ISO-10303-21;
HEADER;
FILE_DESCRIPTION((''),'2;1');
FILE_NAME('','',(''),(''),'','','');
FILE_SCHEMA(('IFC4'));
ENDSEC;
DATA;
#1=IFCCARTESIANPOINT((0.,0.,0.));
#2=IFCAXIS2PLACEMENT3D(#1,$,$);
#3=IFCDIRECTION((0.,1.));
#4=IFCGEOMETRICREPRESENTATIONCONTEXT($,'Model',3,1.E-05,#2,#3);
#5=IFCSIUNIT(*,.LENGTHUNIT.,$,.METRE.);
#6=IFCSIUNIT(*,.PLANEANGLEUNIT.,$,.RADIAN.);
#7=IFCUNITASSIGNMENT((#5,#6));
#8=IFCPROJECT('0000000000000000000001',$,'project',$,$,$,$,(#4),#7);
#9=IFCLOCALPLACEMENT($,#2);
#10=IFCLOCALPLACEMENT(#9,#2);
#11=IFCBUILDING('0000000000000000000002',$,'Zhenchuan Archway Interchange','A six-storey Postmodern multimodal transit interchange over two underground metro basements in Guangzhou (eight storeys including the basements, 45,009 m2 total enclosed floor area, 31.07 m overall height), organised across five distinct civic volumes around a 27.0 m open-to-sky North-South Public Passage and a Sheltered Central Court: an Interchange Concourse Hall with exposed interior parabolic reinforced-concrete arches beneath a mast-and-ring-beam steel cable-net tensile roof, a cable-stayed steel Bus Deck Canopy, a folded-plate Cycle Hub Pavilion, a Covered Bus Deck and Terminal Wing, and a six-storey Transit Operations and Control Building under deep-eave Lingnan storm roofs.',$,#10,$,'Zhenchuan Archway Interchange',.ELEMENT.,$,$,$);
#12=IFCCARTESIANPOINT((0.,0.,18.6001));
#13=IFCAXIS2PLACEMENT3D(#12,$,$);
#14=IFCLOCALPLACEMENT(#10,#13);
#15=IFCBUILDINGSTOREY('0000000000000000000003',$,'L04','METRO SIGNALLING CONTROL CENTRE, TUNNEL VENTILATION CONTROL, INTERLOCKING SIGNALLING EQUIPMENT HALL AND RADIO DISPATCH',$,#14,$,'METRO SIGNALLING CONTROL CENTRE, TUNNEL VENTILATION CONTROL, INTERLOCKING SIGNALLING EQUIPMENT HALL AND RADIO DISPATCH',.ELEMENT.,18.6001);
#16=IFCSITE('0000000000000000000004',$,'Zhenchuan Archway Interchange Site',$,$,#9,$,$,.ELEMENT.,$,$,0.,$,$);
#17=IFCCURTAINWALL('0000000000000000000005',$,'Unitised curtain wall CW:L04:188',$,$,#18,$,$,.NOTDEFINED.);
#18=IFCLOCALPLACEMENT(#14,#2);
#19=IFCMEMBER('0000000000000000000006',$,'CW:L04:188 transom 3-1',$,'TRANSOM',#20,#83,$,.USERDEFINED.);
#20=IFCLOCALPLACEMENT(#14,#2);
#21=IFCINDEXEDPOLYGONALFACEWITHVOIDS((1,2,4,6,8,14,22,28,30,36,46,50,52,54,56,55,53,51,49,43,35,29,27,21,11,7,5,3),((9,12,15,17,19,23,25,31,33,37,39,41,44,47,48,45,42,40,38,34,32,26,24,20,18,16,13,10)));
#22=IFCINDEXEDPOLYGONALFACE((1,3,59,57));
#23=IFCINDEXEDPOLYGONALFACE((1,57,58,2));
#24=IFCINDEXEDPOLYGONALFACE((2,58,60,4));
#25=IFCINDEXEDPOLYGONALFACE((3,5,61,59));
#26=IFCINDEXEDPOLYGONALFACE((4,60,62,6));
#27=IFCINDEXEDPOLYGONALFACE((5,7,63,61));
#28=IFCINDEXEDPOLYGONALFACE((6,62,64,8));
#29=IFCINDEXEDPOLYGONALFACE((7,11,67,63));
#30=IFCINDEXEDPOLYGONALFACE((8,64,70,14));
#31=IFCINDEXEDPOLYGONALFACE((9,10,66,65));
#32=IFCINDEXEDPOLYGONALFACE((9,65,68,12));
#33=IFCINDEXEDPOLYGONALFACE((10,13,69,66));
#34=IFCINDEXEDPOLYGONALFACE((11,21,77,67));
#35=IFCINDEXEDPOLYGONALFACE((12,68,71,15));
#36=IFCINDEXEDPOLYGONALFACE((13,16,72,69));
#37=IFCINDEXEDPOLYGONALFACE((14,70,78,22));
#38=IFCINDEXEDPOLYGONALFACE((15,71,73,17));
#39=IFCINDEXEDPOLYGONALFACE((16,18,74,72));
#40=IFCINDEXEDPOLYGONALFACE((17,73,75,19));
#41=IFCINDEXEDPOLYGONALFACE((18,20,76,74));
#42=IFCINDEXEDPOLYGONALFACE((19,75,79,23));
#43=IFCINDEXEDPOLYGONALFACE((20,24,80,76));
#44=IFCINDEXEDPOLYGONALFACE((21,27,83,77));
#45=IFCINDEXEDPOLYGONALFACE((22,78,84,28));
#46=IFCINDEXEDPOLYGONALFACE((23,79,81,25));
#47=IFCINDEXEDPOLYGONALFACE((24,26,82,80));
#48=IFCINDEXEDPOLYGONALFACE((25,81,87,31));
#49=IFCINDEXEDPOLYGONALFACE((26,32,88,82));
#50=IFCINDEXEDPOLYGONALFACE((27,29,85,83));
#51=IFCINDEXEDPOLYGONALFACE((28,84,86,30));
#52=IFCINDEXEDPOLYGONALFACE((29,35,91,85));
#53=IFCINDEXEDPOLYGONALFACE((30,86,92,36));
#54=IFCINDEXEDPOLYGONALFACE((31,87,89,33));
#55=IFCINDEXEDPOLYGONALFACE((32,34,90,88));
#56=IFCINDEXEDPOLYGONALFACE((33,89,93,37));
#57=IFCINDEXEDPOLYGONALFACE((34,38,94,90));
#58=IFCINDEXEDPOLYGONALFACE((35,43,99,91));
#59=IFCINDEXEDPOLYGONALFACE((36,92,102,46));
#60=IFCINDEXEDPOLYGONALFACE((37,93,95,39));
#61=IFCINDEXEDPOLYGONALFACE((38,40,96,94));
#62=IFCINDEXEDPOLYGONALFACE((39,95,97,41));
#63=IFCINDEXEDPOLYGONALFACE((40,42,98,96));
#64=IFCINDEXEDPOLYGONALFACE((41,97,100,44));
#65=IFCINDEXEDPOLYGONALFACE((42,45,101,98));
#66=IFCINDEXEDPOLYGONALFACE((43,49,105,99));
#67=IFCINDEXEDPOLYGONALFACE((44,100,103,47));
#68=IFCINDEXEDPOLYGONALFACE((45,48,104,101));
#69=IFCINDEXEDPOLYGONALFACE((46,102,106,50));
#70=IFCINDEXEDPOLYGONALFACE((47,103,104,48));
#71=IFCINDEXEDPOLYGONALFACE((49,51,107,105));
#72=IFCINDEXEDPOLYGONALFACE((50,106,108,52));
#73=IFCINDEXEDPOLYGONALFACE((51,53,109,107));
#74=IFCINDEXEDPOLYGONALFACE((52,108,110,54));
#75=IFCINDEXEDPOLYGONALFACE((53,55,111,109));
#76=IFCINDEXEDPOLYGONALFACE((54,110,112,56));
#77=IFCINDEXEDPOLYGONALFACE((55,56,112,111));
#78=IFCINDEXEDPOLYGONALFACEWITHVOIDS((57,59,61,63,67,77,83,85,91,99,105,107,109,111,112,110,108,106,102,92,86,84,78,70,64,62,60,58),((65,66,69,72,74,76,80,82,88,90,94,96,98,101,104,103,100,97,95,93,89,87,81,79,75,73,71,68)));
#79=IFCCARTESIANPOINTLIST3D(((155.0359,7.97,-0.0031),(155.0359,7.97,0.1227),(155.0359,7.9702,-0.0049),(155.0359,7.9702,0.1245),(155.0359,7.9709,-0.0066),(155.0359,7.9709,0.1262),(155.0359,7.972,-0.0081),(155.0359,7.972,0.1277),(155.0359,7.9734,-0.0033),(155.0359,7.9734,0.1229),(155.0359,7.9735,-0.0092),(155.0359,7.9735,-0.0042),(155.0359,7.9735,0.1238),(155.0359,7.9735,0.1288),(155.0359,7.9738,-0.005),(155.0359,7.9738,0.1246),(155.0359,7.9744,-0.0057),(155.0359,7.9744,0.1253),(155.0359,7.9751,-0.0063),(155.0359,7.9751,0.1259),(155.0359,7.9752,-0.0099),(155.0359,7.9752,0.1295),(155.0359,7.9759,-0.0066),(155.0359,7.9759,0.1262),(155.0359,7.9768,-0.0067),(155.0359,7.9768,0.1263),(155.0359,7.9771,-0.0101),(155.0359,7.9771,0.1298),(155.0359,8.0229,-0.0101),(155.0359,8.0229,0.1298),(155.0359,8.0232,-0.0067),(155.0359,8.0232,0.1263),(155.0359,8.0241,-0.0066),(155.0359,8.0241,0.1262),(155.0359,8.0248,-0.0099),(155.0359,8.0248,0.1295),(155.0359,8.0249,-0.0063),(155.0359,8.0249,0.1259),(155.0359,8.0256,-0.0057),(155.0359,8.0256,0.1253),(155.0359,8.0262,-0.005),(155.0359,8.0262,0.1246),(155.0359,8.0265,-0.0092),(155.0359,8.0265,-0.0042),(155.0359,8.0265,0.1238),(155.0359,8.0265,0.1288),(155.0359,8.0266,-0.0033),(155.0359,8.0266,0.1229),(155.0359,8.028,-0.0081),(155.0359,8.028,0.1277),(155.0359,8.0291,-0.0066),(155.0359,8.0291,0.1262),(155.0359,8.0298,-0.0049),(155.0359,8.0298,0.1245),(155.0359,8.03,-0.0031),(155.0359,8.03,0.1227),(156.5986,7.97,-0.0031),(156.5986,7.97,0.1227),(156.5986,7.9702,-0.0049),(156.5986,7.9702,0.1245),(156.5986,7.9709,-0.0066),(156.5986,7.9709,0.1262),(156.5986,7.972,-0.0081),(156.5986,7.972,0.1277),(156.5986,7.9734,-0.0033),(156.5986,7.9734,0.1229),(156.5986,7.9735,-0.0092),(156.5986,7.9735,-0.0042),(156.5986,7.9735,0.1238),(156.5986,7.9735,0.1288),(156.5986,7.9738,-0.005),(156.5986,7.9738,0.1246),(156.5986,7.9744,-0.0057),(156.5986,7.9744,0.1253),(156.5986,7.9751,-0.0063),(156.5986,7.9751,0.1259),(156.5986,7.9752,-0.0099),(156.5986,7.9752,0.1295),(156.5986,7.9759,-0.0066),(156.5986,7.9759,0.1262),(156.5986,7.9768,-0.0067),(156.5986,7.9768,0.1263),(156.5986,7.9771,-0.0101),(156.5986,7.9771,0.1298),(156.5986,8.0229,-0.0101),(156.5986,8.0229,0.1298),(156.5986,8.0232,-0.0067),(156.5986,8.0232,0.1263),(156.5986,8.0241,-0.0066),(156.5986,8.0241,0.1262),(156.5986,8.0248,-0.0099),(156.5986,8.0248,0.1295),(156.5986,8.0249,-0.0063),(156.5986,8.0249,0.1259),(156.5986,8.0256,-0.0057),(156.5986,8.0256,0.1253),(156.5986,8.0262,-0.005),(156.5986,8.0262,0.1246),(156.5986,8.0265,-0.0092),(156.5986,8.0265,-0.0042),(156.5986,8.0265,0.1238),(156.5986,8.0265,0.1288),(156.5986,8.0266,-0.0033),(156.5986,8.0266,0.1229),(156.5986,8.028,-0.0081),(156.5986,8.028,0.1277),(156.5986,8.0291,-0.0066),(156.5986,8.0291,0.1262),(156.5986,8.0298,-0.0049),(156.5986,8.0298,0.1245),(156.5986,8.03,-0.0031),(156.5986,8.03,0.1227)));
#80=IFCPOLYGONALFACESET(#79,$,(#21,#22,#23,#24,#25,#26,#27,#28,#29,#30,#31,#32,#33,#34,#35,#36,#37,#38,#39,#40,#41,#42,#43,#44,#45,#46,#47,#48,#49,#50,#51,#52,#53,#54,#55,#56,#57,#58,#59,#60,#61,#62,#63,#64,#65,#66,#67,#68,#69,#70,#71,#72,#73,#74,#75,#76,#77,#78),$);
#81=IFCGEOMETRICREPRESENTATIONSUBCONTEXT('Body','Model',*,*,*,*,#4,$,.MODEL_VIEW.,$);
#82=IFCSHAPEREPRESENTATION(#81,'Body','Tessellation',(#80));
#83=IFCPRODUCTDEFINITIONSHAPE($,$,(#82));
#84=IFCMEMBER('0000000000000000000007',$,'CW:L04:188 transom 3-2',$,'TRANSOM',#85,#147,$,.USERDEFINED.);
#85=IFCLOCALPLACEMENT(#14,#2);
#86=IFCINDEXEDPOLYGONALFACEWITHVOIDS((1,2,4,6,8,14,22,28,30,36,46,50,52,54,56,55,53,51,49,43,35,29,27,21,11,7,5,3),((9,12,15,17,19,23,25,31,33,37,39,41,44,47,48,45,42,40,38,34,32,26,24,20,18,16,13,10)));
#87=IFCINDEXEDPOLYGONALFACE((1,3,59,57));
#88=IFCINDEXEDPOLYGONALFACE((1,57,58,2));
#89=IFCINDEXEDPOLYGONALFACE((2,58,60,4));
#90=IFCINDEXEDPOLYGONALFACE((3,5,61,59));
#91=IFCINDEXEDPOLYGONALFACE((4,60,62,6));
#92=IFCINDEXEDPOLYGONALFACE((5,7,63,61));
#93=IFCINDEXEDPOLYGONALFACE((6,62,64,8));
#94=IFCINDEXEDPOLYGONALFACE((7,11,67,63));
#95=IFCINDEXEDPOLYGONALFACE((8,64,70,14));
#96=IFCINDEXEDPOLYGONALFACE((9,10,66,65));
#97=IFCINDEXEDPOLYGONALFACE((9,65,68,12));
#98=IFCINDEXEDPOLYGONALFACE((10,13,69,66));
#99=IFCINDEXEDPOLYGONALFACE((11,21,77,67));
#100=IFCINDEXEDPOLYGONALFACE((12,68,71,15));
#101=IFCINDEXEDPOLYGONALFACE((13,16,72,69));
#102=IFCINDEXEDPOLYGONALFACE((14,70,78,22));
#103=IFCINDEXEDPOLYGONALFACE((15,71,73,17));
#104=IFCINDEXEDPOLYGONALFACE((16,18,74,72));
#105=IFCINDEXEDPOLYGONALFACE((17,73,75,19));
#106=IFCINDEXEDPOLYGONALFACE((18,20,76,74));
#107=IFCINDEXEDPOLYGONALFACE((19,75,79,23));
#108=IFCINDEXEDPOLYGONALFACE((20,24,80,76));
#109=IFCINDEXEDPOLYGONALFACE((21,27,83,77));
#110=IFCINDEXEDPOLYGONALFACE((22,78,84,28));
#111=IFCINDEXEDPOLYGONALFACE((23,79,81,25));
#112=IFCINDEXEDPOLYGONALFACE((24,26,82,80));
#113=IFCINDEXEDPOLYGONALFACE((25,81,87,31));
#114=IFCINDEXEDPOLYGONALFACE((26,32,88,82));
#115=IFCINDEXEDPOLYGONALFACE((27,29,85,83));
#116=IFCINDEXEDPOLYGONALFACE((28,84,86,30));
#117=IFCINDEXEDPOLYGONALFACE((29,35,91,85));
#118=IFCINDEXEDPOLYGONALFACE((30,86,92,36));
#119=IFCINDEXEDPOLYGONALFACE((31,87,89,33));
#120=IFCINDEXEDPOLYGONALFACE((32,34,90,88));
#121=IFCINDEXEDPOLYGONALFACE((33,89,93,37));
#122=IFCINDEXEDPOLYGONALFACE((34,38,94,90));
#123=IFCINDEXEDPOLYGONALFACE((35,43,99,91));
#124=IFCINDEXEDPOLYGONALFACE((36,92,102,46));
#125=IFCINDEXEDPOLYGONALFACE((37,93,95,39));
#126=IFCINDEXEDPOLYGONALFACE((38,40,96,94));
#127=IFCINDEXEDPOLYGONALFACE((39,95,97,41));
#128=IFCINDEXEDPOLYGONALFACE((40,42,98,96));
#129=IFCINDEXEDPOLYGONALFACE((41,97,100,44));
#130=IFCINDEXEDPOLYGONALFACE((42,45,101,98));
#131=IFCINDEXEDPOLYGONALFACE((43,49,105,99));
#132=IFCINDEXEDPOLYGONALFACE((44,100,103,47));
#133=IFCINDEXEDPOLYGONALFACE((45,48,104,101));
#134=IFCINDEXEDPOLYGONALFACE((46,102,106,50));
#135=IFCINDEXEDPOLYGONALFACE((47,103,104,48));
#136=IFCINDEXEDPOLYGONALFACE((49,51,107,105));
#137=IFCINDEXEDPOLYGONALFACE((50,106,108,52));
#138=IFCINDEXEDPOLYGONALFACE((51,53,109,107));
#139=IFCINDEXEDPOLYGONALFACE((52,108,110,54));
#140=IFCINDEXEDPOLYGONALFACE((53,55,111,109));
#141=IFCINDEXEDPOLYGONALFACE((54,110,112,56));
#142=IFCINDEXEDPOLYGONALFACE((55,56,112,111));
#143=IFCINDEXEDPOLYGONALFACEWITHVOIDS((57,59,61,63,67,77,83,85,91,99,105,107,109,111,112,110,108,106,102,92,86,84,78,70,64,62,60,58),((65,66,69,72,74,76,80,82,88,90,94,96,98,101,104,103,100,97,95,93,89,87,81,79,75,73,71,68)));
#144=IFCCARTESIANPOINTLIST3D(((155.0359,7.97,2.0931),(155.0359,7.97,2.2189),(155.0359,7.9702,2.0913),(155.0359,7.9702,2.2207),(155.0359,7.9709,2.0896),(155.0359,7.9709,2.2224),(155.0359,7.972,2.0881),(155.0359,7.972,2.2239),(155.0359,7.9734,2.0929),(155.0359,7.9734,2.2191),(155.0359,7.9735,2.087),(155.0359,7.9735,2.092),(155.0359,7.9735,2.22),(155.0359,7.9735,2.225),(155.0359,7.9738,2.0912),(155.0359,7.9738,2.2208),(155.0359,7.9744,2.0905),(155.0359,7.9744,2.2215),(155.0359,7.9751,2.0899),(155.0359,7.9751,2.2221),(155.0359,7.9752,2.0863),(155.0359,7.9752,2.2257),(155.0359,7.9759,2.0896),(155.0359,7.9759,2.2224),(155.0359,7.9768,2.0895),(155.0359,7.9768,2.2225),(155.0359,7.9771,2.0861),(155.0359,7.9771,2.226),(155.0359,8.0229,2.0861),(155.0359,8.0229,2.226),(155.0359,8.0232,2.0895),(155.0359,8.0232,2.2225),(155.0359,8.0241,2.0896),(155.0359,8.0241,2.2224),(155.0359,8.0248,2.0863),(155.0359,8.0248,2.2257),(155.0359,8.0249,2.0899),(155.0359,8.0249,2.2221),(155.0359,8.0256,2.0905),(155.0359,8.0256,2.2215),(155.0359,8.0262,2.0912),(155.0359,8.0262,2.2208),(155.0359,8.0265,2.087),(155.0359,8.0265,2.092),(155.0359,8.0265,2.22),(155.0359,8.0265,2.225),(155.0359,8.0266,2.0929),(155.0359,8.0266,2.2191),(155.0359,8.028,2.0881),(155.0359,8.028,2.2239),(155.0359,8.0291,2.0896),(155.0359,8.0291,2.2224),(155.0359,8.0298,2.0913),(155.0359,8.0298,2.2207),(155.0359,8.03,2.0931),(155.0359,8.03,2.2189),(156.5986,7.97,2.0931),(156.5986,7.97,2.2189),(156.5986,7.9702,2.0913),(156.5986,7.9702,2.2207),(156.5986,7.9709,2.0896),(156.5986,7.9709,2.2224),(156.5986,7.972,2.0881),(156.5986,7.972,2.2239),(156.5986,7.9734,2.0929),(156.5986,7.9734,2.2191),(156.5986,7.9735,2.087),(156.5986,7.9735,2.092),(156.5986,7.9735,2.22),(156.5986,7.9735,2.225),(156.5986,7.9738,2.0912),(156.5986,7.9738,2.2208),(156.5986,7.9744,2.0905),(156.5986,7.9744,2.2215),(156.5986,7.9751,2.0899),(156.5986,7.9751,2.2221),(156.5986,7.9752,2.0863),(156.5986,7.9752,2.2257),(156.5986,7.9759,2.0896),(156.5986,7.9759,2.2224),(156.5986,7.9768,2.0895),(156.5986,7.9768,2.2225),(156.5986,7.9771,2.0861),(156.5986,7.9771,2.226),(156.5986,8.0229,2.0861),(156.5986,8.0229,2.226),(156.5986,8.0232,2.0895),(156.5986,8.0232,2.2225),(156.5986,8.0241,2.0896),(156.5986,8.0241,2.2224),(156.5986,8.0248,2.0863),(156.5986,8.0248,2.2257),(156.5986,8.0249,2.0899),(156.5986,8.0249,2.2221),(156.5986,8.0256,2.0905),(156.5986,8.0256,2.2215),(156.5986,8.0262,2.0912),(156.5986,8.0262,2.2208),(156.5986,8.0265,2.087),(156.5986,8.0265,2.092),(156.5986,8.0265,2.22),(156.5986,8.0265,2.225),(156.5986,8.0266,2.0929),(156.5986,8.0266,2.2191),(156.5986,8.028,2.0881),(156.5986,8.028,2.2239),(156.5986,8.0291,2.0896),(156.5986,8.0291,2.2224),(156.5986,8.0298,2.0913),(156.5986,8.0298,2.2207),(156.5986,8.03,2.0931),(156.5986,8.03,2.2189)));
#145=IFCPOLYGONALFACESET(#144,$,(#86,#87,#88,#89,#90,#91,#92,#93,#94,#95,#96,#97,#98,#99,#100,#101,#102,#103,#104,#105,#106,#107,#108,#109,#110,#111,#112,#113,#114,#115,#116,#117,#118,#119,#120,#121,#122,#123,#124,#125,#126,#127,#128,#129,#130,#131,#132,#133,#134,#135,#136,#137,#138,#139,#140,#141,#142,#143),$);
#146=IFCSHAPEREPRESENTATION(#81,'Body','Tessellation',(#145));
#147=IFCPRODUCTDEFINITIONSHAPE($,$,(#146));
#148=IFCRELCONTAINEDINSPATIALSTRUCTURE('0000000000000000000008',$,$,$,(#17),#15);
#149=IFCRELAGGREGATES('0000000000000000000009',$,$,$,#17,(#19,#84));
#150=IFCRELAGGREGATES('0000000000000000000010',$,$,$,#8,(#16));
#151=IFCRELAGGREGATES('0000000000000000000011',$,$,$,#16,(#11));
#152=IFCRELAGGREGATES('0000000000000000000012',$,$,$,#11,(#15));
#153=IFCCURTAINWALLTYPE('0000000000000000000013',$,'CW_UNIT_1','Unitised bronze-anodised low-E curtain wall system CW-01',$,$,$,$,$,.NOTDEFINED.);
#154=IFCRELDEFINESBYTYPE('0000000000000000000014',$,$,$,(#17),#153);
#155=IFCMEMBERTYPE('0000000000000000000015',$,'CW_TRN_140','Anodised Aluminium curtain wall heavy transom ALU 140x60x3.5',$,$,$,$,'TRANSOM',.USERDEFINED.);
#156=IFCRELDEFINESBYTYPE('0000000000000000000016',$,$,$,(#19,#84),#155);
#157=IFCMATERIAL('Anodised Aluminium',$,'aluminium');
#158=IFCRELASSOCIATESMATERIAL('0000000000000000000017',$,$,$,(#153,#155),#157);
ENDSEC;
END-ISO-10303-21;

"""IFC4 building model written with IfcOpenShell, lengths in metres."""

from ifc_helpers import new_model, si_unit, direction, frame, origin, origin_2d, place, context, subcontext, project, spatial, hollow_rectangle, extrude, material, material_profile, profile_set, type_object, element, aggregate, save


model = new_model("IFC4")

# Units and contexts
model_context = context("Model", 3, precision=1e-05, world=origin(), true_north=direction((0.0, 1.0)))
body_context = subcontext(model_context, "Body", "Model", "MODEL_VIEW")
ifc_project = project(units=[si_unit("LENGTHUNIT", "METRE"), si_unit("PLANEANGLEUNIT", "RADIAN")], contexts=[model_context])

# Site, building, storey
site_placement = place(None, origin())
site = spatial("IfcSite", under=ifc_project, at=site_placement, Name="Zhenchuan Archway Interchange Site", CompositionType="ELEMENT", RefElevation=0.0)
building_placement = place(site_placement, origin())
building = spatial("IfcBuilding", under=site, at=building_placement, Name="Zhenchuan Archway Interchange", Description="A six-storey Postmodern multimodal transit interchange over two underground metro basements in Guangzhou (eight storeys including the basements, 45,009 m2 total enclosed floor area, 31.07 m overall height), organised across five distinct civic volumes around a 27.0 m open-to-sky North-South Public Passage and a Sheltered Central Court: an Interchange Concourse Hall with exposed interior parabolic reinforced-concrete arches beneath a mast-and-ring-beam steel cable-net tensile roof, a cable-stayed steel Bus Deck Canopy, a folded-plate Cycle Hub Pavilion, a Covered Bus Deck and Terminal Wing, and a six-storey Transit Operations and Control Building under deep-eave Lingnan storm roofs.", LongName="Zhenchuan Archway Interchange", CompositionType="ELEMENT")
storey_placement = place(building_placement, frame((0.0, 0.0, 18.6001)))
storey = spatial("IfcBuildingStorey", under=building, at=storey_placement, Name="L04", Description="METRO SIGNALLING CONTROL CENTRE, TUNNEL VENTILATION CONTROL, INTERLOCKING SIGNALLING EQUIPMENT HALL AND RADIO DISPATCH", LongName="METRO SIGNALLING CONTROL CENTRE, TUNNEL VENTILATION CONTROL, INTERLOCKING SIGNALLING EQUIPMENT HALL AND RADIO DISPATCH", CompositionType="ELEMENT", Elevation=18.6001)

# Curtain wall, members
ifc_material_1 = material(Name="Anodised Aluminium", Category="aluminium")
curtain_wall_type = type_object("IfcCurtainWallType", Name="CW_UNIT_1", Description="Unitised bronze-anodised low-E curtain wall system CW-01", PredefinedType="NOTDEFINED", material=ifc_material_1)
curtain_wall_placement = place(storey_placement, origin())
curtain_wall = element("IfcCurtainWall", 1, at=curtain_wall_placement, inside=storey, type_object=curtain_wall_type, Name="Unitised curtain wall CW:L04:188", PredefinedType="NOTDEFINED")
ifc_material_profile_1 = material_profile(ifc_material_1, hollow_rectangle(XDim=0.0601, YDim=0.1399, WallThickness=0.0034, InnerFilletRadius=0.0034, OuterFilletRadius=0.0071, at=origin_2d()), Name="ALU 140x60x3.5")
ifc_profile_set_1 = profile_set([ifc_material_profile_1], Name="Anodised Aluminium")
member_type_1 = type_object("IfcMemberType", Name="CW_TRN_140", Description="Anodised Aluminium curtain wall heavy transom ALU 140x60x3.5", ElementType="TRANSOM", PredefinedType="USERDEFINED", material=ifc_profile_set_1)
member_1_placement = place(storey_placement, frame((156.5986, 8.0, 0.0598), z_axis=(-1.0, 0.0, 0.0), x_axis=(0.0, -1.0, 0.0)))
member_1 = element("IfcMember", 2, at=member_1_placement, type_object=member_type_1, Name="CW:L04:188 transom 3-1", ObjectType="TRANSOM", PredefinedType="USERDEFINED", context=body_context, shape_type="SweptSolid", body=[
    extrude(hollow_rectangle(XDim=0.0601, YDim=0.1399, WallThickness=0.0034, InnerFilletRadius=0.0034, OuterFilletRadius=0.0071, at=origin_2d()), origin(), (0.0, 0.0, 1.0), 1.5627),
])
member_2_placement = place(storey_placement, frame((156.5986, 8.0, 2.156), z_axis=(-1.0, 0.0, 0.0), x_axis=(0.0, -1.0, 0.0)))
member_2 = element("IfcMember", 3, at=member_2_placement, type_object=member_type_1, Name="CW:L04:188 transom 3-2", ObjectType="TRANSOM", PredefinedType="USERDEFINED", context=body_context, shape_type="SweptSolid", body=[
    extrude(hollow_rectangle(XDim=0.0601, YDim=0.1399, WallThickness=0.0034, InnerFilletRadius=0.0034, OuterFilletRadius=0.0071, at=origin_2d()), origin(), (0.0, 0.0, 1.0), 1.5627),
])

aggregate(curtain_wall, [member_1, member_2])

save(model, "model.ifc")
